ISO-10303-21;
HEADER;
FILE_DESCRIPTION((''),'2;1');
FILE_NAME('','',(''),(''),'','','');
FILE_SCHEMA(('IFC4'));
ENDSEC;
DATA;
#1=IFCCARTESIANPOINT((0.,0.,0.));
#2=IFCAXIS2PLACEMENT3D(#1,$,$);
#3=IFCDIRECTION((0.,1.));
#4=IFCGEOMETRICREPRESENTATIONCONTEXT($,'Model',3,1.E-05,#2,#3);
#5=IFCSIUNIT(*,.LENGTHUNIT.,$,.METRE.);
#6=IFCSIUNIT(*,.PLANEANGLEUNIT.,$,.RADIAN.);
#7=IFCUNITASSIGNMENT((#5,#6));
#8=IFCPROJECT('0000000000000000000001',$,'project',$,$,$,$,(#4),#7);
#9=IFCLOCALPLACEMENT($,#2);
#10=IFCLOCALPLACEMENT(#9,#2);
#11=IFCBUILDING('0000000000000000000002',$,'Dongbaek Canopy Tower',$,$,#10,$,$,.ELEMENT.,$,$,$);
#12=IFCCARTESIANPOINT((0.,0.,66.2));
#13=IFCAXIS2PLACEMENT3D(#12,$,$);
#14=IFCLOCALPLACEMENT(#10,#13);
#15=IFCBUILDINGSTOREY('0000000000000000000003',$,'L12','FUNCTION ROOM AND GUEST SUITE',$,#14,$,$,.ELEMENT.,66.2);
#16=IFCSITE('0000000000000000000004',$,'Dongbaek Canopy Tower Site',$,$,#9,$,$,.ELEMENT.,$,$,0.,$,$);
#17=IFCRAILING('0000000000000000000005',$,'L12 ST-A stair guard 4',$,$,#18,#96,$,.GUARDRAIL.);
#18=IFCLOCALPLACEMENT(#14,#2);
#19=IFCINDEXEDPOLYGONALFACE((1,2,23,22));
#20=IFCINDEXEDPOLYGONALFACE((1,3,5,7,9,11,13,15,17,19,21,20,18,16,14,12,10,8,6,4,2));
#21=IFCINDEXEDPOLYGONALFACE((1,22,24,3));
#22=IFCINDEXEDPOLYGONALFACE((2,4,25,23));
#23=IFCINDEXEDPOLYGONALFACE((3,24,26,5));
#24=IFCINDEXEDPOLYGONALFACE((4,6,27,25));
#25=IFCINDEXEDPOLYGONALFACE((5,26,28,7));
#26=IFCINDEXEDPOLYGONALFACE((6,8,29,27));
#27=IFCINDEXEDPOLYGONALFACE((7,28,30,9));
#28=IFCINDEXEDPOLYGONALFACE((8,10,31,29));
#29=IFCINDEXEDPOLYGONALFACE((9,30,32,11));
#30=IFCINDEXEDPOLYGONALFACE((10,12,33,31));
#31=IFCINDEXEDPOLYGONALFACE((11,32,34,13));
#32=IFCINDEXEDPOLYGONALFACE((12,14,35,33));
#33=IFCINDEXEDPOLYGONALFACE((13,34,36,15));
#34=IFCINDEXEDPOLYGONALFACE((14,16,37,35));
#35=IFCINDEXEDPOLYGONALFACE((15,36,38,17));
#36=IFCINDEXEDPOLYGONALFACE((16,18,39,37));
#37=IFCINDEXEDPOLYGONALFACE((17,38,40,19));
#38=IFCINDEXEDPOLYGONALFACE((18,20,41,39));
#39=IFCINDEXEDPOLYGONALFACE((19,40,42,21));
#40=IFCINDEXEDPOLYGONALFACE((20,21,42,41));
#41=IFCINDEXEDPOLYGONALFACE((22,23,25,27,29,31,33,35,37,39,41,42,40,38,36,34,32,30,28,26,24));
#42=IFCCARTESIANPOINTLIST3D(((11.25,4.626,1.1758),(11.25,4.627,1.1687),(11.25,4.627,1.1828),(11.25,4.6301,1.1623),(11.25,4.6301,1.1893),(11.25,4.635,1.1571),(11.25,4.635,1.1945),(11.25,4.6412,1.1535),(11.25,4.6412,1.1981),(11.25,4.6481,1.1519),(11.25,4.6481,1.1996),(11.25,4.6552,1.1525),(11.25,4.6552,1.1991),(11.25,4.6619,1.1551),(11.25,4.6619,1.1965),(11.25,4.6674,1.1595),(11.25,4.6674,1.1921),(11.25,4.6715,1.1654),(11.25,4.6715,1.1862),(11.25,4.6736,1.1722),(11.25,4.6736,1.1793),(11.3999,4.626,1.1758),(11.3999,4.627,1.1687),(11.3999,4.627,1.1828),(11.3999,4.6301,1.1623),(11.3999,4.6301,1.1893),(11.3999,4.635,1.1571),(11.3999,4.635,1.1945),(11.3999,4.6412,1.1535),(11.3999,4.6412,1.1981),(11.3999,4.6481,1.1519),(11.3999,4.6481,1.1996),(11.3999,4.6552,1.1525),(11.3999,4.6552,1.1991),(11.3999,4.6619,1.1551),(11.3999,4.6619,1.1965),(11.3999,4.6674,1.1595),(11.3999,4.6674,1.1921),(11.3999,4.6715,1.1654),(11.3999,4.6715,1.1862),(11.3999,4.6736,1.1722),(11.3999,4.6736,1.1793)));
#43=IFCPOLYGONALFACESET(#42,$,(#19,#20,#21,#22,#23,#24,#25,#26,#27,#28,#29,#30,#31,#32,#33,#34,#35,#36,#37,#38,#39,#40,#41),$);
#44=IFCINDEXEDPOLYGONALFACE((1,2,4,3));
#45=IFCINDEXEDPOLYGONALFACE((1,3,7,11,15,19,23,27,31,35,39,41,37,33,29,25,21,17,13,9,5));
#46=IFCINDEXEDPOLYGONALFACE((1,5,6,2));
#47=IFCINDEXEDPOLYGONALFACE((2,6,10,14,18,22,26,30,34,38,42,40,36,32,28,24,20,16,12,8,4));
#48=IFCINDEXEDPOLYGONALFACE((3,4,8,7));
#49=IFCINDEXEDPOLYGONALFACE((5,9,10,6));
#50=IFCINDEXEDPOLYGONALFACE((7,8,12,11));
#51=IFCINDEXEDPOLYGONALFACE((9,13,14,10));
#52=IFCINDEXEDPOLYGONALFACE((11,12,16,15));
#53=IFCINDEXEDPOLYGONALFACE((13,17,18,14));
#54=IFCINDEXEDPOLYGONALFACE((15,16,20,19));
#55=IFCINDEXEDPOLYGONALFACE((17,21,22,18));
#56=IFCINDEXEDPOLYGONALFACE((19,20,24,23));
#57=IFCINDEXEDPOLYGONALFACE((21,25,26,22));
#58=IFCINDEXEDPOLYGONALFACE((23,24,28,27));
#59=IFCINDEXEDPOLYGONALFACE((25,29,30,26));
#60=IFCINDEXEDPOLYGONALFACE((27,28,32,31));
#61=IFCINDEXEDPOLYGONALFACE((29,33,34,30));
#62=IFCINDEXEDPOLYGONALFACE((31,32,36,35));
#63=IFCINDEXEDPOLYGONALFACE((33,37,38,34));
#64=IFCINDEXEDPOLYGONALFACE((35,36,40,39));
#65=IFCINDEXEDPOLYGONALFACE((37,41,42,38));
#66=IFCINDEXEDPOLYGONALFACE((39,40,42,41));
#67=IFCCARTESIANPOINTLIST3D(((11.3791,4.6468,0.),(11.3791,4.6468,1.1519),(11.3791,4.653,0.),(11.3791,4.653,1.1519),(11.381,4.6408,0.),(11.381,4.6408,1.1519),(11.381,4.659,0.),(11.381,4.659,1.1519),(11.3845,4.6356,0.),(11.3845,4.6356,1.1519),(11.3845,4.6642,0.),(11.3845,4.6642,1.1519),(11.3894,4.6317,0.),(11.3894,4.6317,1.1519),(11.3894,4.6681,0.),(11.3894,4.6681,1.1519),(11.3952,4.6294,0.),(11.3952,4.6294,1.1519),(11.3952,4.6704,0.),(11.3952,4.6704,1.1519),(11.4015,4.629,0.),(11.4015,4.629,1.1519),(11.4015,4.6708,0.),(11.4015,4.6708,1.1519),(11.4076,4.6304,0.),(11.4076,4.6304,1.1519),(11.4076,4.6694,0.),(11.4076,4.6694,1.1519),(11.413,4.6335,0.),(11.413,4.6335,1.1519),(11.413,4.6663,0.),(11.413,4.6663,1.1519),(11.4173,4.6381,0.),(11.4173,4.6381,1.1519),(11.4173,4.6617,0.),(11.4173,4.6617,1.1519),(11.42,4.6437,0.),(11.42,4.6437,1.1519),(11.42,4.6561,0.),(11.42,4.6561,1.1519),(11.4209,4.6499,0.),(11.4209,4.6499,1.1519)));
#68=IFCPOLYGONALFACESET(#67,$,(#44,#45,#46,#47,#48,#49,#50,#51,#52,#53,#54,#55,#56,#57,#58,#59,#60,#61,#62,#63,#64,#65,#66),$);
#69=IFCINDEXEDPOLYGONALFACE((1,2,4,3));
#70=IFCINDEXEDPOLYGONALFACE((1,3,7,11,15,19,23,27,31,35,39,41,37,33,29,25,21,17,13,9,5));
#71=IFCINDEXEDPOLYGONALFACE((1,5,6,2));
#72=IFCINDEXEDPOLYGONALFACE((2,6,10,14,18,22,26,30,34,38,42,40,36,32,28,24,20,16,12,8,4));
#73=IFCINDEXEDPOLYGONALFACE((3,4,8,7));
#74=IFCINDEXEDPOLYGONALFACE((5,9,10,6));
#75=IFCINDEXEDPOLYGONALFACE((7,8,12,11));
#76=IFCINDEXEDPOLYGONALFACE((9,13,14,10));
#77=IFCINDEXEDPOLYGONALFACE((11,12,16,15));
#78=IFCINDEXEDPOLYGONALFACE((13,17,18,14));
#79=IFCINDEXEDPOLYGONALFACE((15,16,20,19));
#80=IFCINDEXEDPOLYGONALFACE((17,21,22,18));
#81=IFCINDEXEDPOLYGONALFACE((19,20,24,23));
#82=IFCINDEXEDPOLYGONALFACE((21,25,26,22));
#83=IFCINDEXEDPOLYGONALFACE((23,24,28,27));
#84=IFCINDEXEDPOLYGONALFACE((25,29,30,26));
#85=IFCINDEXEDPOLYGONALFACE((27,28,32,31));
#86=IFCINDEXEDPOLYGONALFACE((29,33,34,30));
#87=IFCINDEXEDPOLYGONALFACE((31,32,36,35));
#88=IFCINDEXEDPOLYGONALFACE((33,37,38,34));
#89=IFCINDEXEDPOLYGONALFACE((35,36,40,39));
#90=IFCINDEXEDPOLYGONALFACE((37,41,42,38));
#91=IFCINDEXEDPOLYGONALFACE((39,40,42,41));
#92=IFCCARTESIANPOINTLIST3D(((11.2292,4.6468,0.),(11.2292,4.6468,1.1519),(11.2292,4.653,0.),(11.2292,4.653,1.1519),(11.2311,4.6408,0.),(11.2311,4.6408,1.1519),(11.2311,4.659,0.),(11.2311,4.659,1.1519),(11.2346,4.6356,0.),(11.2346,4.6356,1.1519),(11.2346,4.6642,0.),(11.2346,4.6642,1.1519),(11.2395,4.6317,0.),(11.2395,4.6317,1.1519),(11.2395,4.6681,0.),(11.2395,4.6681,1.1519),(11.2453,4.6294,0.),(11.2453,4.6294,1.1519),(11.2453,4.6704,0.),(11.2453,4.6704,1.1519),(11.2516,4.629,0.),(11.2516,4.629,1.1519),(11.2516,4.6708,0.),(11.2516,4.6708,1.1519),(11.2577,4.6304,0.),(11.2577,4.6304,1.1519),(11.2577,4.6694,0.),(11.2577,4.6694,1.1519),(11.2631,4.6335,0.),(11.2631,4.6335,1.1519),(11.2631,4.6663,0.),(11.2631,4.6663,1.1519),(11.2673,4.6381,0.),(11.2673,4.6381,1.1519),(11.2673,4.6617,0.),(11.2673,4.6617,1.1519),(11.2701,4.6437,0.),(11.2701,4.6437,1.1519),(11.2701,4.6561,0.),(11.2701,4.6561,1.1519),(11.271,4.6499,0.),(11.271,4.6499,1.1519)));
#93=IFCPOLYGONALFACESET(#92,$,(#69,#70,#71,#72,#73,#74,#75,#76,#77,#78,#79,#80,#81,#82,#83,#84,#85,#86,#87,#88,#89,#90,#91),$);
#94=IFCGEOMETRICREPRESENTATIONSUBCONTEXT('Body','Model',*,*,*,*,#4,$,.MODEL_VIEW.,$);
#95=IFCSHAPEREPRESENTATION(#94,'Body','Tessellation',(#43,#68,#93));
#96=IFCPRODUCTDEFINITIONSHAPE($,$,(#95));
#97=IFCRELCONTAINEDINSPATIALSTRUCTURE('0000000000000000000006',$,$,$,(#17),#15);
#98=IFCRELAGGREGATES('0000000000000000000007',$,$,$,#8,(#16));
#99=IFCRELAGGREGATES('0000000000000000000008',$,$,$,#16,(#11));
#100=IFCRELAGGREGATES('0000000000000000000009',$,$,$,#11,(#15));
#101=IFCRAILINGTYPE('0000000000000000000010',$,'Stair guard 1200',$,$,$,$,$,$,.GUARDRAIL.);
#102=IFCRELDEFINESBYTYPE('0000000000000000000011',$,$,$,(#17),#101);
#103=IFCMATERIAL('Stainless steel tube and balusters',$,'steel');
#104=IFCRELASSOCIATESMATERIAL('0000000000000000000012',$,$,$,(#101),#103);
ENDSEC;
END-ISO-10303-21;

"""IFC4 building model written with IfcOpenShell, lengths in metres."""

from ifc_helpers import new_model, si_unit, direction, frame, origin, origin_2d, place, context, subcontext, project, spatial, circle, extrude, material, type_object, element, save


model = new_model("IFC4")

# Units and contexts
model_context = context("Model", 3, precision=1e-05, world=origin(), true_north=direction((0.0, 1.0)))
body_context = subcontext(model_context, "Body", "Model", "MODEL_VIEW")
ifc_project = project(units=[si_unit("LENGTHUNIT", "METRE"), si_unit("PLANEANGLEUNIT", "RADIAN")], contexts=[model_context])

# Site, building, storey
site_placement = place(None, origin())
site = spatial("IfcSite", under=ifc_project, at=site_placement, Name="Dongbaek Canopy Tower Site", CompositionType="ELEMENT", RefElevation=0.0)
building_placement = place(site_placement, origin())
building = spatial("IfcBuilding", under=site, at=building_placement, Name="Dongbaek Canopy Tower", CompositionType="ELEMENT")
storey_placement = place(building_placement, frame((0.0, 0.0, 66.2)))
storey = spatial("IfcBuildingStorey", under=building, at=storey_placement, Name="L12", Description="FUNCTION ROOM AND GUEST SUITE", CompositionType="ELEMENT", Elevation=66.2)

# Railing
ifc_material_1 = material(Name="Stainless steel tube and balusters", Category="steel")
railing_type_1 = type_object("IfcRailingType", Name="Stair guard 1200", PredefinedType="GUARDRAIL", material=ifc_material_1)
railing_1_placement = place(storey_placement, frame((11.3999, 4.6499, 0.0)))
element("IfcRailing", 1, at=railing_1_placement, inside=storey, type_object=railing_type_1, Name="L12 ST-A stair guard 4", PredefinedType="GUARDRAIL", context=body_context, shape_type="SweptSolid", body=[
    extrude(circle(Radius=0.0239, at=origin_2d()), frame((0.0, 0.0, 1.1758), z_axis=(-1.0, 0.0, 0.0), x_axis=(0.0, -1.0, 0.0)), (0.0, 0.0, 1.0), 0.1499),
    extrude(circle(Radius=0.021, at=origin_2d()), origin(), (0.0, 0.0, 1.0), 1.1519),
    extrude(circle(Radius=0.021, at=origin_2d()), frame((-0.1499, 0.0, 0.0)), (0.0, 0.0, 1.0), 1.1519),
])

save(model, "model.ifc")
